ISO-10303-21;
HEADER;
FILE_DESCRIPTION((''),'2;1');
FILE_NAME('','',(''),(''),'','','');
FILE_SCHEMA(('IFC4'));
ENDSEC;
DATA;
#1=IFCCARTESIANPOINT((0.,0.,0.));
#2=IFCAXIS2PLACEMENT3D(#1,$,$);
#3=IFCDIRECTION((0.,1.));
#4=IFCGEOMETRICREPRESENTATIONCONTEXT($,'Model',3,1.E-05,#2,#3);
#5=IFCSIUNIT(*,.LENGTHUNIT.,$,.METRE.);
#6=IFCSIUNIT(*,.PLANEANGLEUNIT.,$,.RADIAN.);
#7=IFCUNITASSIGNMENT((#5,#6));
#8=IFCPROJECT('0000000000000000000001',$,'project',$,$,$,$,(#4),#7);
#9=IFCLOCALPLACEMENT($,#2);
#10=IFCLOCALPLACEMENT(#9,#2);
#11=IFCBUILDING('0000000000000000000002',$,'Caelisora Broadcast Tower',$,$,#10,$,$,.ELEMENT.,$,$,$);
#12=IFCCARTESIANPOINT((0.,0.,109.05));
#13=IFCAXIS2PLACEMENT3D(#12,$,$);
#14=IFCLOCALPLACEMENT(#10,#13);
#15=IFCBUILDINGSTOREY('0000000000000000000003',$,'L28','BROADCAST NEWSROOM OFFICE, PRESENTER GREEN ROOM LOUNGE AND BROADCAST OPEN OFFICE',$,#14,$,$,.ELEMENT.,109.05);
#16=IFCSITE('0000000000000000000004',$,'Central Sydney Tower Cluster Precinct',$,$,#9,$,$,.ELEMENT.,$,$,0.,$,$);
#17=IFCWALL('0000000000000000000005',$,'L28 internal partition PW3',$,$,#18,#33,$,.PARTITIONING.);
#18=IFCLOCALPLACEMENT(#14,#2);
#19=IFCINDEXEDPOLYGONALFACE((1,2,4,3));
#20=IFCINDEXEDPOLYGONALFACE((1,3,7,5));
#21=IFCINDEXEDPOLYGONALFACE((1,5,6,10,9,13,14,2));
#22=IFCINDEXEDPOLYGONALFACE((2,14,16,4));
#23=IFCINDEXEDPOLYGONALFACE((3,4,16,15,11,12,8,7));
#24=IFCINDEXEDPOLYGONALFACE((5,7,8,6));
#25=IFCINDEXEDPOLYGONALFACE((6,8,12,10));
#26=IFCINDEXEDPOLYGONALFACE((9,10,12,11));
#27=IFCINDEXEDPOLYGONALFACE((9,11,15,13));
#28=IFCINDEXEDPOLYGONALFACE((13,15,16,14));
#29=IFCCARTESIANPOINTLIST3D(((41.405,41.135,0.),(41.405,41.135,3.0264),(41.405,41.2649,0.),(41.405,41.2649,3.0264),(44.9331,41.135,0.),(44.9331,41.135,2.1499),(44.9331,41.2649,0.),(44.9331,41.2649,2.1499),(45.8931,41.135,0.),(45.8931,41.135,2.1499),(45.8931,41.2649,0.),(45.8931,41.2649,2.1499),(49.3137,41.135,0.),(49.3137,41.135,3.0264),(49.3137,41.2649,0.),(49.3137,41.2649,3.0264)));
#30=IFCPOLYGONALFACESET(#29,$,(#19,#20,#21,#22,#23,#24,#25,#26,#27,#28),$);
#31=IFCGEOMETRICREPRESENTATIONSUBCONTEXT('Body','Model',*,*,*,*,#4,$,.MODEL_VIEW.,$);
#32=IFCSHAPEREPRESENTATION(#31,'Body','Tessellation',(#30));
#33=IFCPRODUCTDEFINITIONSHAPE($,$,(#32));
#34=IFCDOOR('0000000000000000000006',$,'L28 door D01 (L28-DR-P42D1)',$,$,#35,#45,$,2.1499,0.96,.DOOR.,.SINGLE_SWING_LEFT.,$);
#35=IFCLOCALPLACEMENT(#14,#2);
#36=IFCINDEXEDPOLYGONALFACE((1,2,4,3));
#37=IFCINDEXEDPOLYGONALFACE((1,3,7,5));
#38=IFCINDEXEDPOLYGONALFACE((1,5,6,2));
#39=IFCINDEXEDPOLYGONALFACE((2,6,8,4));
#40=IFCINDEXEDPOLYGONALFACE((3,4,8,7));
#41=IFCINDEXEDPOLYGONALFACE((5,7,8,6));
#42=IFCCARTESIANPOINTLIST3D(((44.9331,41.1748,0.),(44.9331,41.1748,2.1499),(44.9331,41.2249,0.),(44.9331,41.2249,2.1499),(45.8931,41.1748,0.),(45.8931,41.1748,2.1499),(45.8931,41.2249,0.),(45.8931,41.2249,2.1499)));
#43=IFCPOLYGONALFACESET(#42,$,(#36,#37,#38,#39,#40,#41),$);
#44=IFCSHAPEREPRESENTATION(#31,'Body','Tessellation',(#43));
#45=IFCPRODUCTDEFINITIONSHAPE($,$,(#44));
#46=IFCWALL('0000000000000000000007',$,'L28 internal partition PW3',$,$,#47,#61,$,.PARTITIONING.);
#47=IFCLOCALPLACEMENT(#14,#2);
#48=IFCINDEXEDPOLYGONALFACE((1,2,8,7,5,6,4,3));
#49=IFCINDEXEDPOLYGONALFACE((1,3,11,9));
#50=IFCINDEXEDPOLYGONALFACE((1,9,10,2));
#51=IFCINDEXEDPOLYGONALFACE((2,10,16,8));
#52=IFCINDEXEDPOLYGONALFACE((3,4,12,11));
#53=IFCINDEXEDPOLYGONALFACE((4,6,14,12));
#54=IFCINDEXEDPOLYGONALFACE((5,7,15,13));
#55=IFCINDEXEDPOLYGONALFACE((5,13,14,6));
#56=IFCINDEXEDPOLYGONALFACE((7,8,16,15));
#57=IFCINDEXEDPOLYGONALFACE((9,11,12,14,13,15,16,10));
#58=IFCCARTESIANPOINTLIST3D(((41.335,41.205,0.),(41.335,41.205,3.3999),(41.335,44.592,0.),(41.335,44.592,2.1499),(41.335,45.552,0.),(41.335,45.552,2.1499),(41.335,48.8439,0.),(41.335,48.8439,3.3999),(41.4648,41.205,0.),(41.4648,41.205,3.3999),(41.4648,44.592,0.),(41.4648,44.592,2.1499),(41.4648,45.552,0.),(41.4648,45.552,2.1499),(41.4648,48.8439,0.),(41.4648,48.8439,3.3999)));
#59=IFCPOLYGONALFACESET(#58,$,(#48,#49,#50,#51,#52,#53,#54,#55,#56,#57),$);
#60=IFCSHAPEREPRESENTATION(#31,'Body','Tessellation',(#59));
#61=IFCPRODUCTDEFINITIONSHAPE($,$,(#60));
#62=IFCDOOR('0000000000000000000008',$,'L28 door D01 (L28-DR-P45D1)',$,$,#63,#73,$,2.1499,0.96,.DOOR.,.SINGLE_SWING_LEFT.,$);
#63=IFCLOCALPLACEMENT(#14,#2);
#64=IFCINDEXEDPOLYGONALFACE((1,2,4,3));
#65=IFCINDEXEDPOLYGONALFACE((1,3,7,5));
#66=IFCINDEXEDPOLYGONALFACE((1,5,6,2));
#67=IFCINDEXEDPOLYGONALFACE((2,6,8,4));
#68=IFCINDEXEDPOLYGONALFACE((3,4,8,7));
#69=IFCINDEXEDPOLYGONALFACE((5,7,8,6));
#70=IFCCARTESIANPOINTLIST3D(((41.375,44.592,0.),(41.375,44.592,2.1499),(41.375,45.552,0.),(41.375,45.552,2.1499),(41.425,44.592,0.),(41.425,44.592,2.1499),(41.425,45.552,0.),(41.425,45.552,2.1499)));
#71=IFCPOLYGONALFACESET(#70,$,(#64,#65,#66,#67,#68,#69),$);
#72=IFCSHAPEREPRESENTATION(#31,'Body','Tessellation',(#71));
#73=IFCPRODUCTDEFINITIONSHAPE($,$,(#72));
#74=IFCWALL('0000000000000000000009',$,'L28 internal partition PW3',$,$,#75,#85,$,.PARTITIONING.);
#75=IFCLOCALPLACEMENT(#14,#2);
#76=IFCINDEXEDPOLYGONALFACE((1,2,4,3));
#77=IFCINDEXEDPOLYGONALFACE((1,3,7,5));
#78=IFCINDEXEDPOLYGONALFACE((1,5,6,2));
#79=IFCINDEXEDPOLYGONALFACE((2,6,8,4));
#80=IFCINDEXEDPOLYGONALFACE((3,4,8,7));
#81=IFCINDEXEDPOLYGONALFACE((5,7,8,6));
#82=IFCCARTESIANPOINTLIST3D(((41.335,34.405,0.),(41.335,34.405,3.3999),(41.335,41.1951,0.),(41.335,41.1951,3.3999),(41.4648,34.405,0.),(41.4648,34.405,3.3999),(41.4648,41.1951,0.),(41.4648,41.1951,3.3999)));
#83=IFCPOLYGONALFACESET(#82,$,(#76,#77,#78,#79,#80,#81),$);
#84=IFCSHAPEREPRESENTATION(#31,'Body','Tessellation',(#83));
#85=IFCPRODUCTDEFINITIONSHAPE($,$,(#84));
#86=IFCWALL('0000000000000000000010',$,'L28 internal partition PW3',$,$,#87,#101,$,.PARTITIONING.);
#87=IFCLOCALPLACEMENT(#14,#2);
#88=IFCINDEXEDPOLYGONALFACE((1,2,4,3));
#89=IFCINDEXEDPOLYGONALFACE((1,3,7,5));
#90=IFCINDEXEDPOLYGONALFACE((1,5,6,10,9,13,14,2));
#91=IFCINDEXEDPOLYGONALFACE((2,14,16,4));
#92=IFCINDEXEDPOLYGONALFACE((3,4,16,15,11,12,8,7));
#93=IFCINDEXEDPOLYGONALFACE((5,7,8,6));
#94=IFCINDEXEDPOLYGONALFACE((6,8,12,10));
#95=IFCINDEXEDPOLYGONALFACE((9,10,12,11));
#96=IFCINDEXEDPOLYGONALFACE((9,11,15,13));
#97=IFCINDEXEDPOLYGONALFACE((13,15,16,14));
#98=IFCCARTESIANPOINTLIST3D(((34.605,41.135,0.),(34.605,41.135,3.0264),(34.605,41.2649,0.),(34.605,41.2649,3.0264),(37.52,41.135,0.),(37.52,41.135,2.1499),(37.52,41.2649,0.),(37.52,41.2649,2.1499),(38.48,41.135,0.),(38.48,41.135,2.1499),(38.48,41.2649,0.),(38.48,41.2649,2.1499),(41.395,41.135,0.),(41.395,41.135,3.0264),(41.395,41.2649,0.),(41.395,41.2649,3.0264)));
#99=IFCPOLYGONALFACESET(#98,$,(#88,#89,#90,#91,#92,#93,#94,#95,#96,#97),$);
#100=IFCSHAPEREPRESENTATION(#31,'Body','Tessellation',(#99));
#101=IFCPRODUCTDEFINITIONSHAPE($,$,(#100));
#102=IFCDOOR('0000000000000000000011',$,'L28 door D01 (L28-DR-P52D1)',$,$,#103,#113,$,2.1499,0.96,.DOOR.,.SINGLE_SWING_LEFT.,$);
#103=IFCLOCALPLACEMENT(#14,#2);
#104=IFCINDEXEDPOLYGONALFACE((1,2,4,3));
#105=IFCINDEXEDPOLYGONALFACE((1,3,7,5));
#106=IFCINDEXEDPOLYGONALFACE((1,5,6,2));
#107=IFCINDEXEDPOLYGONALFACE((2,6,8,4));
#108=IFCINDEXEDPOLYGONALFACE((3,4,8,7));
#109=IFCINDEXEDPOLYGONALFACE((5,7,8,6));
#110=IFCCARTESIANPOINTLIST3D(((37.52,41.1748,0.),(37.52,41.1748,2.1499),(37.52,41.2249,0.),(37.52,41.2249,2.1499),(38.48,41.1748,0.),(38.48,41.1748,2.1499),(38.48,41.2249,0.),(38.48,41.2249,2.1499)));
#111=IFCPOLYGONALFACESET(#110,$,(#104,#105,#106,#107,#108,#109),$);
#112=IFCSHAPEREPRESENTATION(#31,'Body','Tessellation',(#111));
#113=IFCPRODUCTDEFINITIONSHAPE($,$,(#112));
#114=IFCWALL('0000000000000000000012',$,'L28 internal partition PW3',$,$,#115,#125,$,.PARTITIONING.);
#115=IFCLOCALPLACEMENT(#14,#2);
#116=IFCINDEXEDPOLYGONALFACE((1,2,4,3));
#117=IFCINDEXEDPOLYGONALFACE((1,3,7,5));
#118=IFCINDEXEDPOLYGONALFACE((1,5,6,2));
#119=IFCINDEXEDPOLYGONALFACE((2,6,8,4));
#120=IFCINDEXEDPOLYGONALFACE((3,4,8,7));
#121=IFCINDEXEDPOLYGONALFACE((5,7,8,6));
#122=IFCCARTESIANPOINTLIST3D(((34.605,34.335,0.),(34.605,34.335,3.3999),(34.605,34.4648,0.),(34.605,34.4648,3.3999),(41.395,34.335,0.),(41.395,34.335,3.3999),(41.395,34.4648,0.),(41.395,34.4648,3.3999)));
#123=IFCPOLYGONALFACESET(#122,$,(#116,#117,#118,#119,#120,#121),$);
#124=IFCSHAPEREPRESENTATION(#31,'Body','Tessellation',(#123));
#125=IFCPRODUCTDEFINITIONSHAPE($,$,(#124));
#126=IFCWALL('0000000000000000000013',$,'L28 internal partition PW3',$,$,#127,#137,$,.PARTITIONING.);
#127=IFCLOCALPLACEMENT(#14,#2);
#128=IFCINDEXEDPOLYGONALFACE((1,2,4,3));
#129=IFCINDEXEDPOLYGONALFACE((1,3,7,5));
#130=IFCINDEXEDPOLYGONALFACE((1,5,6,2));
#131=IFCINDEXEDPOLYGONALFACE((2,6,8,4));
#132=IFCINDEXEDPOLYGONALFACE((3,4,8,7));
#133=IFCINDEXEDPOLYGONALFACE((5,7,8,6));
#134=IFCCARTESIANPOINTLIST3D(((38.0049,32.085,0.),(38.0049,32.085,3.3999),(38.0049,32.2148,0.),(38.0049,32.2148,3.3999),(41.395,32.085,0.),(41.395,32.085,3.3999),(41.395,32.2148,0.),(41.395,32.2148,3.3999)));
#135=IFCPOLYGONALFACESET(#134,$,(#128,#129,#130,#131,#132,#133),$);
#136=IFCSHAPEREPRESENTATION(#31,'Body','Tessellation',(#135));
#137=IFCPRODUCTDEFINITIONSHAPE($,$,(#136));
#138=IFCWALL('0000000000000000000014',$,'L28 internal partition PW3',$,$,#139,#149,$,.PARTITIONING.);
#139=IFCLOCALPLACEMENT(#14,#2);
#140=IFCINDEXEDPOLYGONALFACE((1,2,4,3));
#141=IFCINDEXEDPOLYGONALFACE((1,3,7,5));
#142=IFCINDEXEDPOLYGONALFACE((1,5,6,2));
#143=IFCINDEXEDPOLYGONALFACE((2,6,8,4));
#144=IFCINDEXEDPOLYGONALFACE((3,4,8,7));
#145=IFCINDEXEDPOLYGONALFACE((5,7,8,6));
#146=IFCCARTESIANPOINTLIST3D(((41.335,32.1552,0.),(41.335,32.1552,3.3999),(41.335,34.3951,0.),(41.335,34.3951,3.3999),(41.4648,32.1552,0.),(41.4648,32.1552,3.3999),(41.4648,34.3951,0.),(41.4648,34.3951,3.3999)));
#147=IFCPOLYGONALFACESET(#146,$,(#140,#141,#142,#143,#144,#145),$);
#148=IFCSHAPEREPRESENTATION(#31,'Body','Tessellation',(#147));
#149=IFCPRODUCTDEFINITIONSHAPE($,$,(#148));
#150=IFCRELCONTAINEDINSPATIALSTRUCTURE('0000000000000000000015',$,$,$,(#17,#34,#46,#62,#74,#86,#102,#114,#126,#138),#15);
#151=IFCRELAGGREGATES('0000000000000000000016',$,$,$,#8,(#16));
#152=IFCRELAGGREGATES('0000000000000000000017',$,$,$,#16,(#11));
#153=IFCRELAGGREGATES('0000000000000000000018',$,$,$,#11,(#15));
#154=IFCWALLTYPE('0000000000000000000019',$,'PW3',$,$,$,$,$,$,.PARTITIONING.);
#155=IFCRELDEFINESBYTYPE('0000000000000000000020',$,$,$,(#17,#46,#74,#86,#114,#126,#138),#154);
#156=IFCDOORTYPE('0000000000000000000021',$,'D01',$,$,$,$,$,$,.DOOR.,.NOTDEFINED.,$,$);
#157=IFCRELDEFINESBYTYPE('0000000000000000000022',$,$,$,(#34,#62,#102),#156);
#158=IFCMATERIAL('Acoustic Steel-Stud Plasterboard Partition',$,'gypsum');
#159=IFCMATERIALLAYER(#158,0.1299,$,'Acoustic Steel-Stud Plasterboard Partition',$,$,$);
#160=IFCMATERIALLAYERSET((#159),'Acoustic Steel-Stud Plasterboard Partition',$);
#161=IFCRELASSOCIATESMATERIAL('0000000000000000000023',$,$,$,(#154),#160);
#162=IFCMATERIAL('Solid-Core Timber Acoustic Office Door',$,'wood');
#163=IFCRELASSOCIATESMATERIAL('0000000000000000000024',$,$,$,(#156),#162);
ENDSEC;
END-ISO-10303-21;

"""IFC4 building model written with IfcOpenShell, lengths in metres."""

from ifc_helpers import new_model, si_unit, direction, frame, frame_2d, origin, place, context, subcontext, project, spatial, rectangle, extrude, material, layer, layer_set, type_object, element, fill, save


model = new_model("IFC4")

# Units and contexts
model_context = context("Model", 3, precision=1e-05, world=origin(), true_north=direction((0.0, 1.0)))
body_context = subcontext(model_context, "Body", "Model", "MODEL_VIEW")
ifc_project = project(units=[si_unit("LENGTHUNIT", "METRE"), si_unit("PLANEANGLEUNIT", "RADIAN")], contexts=[model_context])

# Site, building, storey
site_placement = place(None, origin())
site = spatial("IfcSite", under=ifc_project, at=site_placement, Name="Central Sydney Tower Cluster Precinct", CompositionType="ELEMENT", RefElevation=0.0)
building_placement = place(site_placement, origin())
building = spatial("IfcBuilding", under=site, at=building_placement, Name="Caelisora Broadcast Tower", CompositionType="ELEMENT")
storey_placement = place(building_placement, frame((0.0, 0.0, 109.05)))
storey = spatial("IfcBuildingStorey", under=building, at=storey_placement, Name="L28", Description="BROADCAST NEWSROOM OFFICE, PRESENTER GREEN ROOM LOUNGE AND BROADCAST OPEN OFFICE", CompositionType="ELEMENT", Elevation=109.05)

# Walls, openings, doors
ifc_material_1 = material(Name="Acoustic Steel-Stud Plasterboard Partition", Category="gypsum")
ifc_layer_1 = layer(ifc_material_1, 0.1299, Name="Acoustic Steel-Stud Plasterboard Partition")
ifc_layer_set_1 = layer_set([ifc_layer_1], Name="Acoustic Steel-Stud Plasterboard Partition")
wall_type = type_object("IfcWallType", Name="PW3", PredefinedType="PARTITIONING", material=ifc_layer_set_1)
ifc_material_2 = material(Name="Solid-Core Timber Acoustic Office Door", Category="wood")
door_type = type_object("IfcDoorType", Name="D01", OperationType="NOTDEFINED", PredefinedType="DOOR", material=ifc_material_2)
wall_1_placement = place(storey_placement, frame((41.405, 41.2, 0.0), z_axis=(0.0, 0.0, 1.0), x_axis=(1.0, 0.0, 0.0)))
wall_1 = element("IfcWall", 1, at=wall_1_placement, inside=storey, type_object=wall_type, Name="L28 internal partition PW3", PredefinedType="PARTITIONING", context=body_context, shape_type="SweptSolid", body=[
    extrude(rectangle(XDim=7.9087, YDim=0.1299, at=frame_2d((3.9543, 0.0))), origin(), (0.0, 0.0, 1.0), 3.0264),
])
opening_1_placement = place(wall_1_placement, frame((3.5281, 0.0, 0.0)))
opening_1 = element("IfcOpeningElement", 2, at=opening_1_placement, cuts=wall_1, PredefinedType="OPENING", context=body_context, shape_type="SweptSolid", body=[
    extrude(rectangle(XDim=0.96, YDim=2.1499, at=frame_2d((0.48, 1.075))), frame((0.0, 0.0769, 0.0), z_axis=(0.0, -1.0, 0.0), x_axis=(1.0, 0.0, 0.0)), (0.0, 0.0, 1.0), 0.1538),
])
door_1_placement = place(opening_1_placement, origin())
door_1 = element("IfcDoor", 3, at=door_1_placement, inside=storey, type_object=door_type, Name="L28 door D01 (L28-DR-P42D1)", OperationType="SINGLE_SWING_LEFT", OverallHeight=2.1499, OverallWidth=0.96, PredefinedType="DOOR", context=body_context, shape_type="SweptSolid", body=[
    extrude(rectangle(XDim=0.96, YDim=2.1499, at=frame_2d((0.48, 1.075))), frame((0.0, 0.0249, 0.0), z_axis=(0.0, -1.0, 0.0), x_axis=(1.0, 0.0, 0.0)), (0.0, 0.0, 1.0), 0.05),
])
fill(opening_1, door_1)
wall_2_placement = place(storey_placement, frame((41.3999, 41.2051, 0.0), z_axis=(0.0, 0.0, 1.0), x_axis=(0.0, 1.0, 0.0)))
wall_2 = element("IfcWall", 4, at=wall_2_placement, inside=storey, type_object=wall_type, Name="L28 internal partition PW3", PredefinedType="PARTITIONING", context=body_context, shape_type="SweptSolid", body=[
    extrude(rectangle(XDim=7.6389, YDim=0.1299, at=frame_2d((3.8193, 0.0))), origin(), (0.0, 0.0, 1.0), 3.3999),
])
opening_2_placement = place(wall_2_placement, frame((3.387, 0.0, 0.0)))
opening_2 = element("IfcOpeningElement", 5, at=opening_2_placement, cuts=wall_2, PredefinedType="OPENING", context=body_context, shape_type="SweptSolid", body=[
    extrude(rectangle(XDim=0.96, YDim=2.1499, at=frame_2d((0.48, 1.075))), frame((0.0, 0.0769, 0.0), z_axis=(0.0, -1.0, 0.0), x_axis=(1.0, 0.0, 0.0)), (0.0, 0.0, 1.0), 0.1538),
])
door_2_placement = place(opening_2_placement, origin())
door_2 = element("IfcDoor", 6, at=door_2_placement, inside=storey, type_object=door_type, Name="L28 door D01 (L28-DR-P45D1)", OperationType="SINGLE_SWING_LEFT", OverallHeight=2.1499, OverallWidth=0.96, PredefinedType="DOOR", context=body_context, shape_type="SweptSolid", body=[
    extrude(rectangle(XDim=0.96, YDim=2.1499, at=frame_2d((0.48, 1.075))), frame((0.0, 0.0249, 0.0), z_axis=(0.0, -1.0, 0.0), x_axis=(1.0, 0.0, 0.0)), (0.0, 0.0, 1.0), 0.05),
])
fill(opening_2, door_2)

# Wall
wall_3_placement = place(storey_placement, frame((41.3999, 34.405, 0.0), z_axis=(0.0, 0.0, 1.0), x_axis=(0.0, 1.0, 0.0)))
element("IfcWall", 7, at=wall_3_placement, inside=storey, type_object=wall_type, Name="L28 internal partition PW3", PredefinedType="PARTITIONING", context=body_context, shape_type="SweptSolid", body=[
    extrude(rectangle(XDim=6.79, YDim=0.1299, at=frame_2d((3.395, 0.0))), origin(), (0.0, 0.0, 1.0), 3.3999),
])

# Wall, opening, door
wall_4_placement = place(storey_placement, frame((34.605, 41.2, 0.0), z_axis=(0.0, 0.0, 1.0), x_axis=(1.0, 0.0, 0.0)))
wall_4 = element("IfcWall", 8, at=wall_4_placement, inside=storey, type_object=wall_type, Name="L28 internal partition PW3", PredefinedType="PARTITIONING", context=body_context, shape_type="SweptSolid", body=[
    extrude(rectangle(XDim=6.79, YDim=0.1299, at=frame_2d((3.395, 0.0))), origin(), (0.0, 0.0, 1.0), 3.0264),
])
opening_3_placement = place(wall_4_placement, frame((2.915, 0.0, 0.0)))
opening_3 = element("IfcOpeningElement", 9, at=opening_3_placement, cuts=wall_4, PredefinedType="OPENING", context=body_context, shape_type="SweptSolid", body=[
    extrude(rectangle(XDim=0.96, YDim=2.1499, at=frame_2d((0.48, 1.075))), frame((0.0, 0.0769, 0.0), z_axis=(0.0, -1.0, 0.0), x_axis=(1.0, 0.0, 0.0)), (0.0, 0.0, 1.0), 0.1538),
])
door_3_placement = place(opening_3_placement, origin())
door_3 = element("IfcDoor", 10, at=door_3_placement, inside=storey, type_object=door_type, Name="L28 door D01 (L28-DR-P52D1)", OperationType="SINGLE_SWING_LEFT", OverallHeight=2.1499, OverallWidth=0.96, PredefinedType="DOOR", context=body_context, shape_type="SweptSolid", body=[
    extrude(rectangle(XDim=0.96, YDim=2.1499, at=frame_2d((0.48, 1.075))), frame((0.0, 0.0249, 0.0), z_axis=(0.0, -1.0, 0.0), x_axis=(1.0, 0.0, 0.0)), (0.0, 0.0, 1.0), 0.05),
])
fill(opening_3, door_3)

# Walls
wall_5_placement = place(storey_placement, frame((34.605, 34.3999, 0.0), z_axis=(0.0, 0.0, 1.0), x_axis=(1.0, 0.0, 0.0)))
element("IfcWall", 11, at=wall_5_placement, inside=storey, type_object=wall_type, Name="L28 internal partition PW3", PredefinedType="PARTITIONING", context=body_context, shape_type="SweptSolid", body=[
    extrude(rectangle(XDim=6.79, YDim=0.1299, at=frame_2d((3.395, 0.0))), origin(), (0.0, 0.0, 1.0), 3.3999),
])
wall_6_placement = place(storey_placement, frame((38.0049, 32.1499, 0.0), z_axis=(0.0, 0.0, 1.0), x_axis=(1.0, 0.0, 0.0)))
element("IfcWall", 12, at=wall_6_placement, inside=storey, type_object=wall_type, Name="L28 internal partition PW3", PredefinedType="PARTITIONING", context=body_context, shape_type="SweptSolid", body=[
    extrude(rectangle(XDim=3.3901, YDim=0.1299, at=frame_2d((1.6951, 0.0))), origin(), (0.0, 0.0, 1.0), 3.3999),
])
wall_7_placement = place(storey_placement, frame((41.3999, 32.155, 0.0), z_axis=(0.0, 0.0, 1.0), x_axis=(0.0, 1.0, 0.0)))
element("IfcWall", 13, at=wall_7_placement, inside=storey, type_object=wall_type, Name="L28 internal partition PW3", PredefinedType="PARTITIONING", context=body_context, shape_type="SweptSolid", body=[
    extrude(rectangle(XDim=2.24, YDim=0.1299, at=frame_2d((1.1201, 0.0))), origin(), (0.0, 0.0, 1.0), 3.3999),
])

save(model, "model.ifc")
